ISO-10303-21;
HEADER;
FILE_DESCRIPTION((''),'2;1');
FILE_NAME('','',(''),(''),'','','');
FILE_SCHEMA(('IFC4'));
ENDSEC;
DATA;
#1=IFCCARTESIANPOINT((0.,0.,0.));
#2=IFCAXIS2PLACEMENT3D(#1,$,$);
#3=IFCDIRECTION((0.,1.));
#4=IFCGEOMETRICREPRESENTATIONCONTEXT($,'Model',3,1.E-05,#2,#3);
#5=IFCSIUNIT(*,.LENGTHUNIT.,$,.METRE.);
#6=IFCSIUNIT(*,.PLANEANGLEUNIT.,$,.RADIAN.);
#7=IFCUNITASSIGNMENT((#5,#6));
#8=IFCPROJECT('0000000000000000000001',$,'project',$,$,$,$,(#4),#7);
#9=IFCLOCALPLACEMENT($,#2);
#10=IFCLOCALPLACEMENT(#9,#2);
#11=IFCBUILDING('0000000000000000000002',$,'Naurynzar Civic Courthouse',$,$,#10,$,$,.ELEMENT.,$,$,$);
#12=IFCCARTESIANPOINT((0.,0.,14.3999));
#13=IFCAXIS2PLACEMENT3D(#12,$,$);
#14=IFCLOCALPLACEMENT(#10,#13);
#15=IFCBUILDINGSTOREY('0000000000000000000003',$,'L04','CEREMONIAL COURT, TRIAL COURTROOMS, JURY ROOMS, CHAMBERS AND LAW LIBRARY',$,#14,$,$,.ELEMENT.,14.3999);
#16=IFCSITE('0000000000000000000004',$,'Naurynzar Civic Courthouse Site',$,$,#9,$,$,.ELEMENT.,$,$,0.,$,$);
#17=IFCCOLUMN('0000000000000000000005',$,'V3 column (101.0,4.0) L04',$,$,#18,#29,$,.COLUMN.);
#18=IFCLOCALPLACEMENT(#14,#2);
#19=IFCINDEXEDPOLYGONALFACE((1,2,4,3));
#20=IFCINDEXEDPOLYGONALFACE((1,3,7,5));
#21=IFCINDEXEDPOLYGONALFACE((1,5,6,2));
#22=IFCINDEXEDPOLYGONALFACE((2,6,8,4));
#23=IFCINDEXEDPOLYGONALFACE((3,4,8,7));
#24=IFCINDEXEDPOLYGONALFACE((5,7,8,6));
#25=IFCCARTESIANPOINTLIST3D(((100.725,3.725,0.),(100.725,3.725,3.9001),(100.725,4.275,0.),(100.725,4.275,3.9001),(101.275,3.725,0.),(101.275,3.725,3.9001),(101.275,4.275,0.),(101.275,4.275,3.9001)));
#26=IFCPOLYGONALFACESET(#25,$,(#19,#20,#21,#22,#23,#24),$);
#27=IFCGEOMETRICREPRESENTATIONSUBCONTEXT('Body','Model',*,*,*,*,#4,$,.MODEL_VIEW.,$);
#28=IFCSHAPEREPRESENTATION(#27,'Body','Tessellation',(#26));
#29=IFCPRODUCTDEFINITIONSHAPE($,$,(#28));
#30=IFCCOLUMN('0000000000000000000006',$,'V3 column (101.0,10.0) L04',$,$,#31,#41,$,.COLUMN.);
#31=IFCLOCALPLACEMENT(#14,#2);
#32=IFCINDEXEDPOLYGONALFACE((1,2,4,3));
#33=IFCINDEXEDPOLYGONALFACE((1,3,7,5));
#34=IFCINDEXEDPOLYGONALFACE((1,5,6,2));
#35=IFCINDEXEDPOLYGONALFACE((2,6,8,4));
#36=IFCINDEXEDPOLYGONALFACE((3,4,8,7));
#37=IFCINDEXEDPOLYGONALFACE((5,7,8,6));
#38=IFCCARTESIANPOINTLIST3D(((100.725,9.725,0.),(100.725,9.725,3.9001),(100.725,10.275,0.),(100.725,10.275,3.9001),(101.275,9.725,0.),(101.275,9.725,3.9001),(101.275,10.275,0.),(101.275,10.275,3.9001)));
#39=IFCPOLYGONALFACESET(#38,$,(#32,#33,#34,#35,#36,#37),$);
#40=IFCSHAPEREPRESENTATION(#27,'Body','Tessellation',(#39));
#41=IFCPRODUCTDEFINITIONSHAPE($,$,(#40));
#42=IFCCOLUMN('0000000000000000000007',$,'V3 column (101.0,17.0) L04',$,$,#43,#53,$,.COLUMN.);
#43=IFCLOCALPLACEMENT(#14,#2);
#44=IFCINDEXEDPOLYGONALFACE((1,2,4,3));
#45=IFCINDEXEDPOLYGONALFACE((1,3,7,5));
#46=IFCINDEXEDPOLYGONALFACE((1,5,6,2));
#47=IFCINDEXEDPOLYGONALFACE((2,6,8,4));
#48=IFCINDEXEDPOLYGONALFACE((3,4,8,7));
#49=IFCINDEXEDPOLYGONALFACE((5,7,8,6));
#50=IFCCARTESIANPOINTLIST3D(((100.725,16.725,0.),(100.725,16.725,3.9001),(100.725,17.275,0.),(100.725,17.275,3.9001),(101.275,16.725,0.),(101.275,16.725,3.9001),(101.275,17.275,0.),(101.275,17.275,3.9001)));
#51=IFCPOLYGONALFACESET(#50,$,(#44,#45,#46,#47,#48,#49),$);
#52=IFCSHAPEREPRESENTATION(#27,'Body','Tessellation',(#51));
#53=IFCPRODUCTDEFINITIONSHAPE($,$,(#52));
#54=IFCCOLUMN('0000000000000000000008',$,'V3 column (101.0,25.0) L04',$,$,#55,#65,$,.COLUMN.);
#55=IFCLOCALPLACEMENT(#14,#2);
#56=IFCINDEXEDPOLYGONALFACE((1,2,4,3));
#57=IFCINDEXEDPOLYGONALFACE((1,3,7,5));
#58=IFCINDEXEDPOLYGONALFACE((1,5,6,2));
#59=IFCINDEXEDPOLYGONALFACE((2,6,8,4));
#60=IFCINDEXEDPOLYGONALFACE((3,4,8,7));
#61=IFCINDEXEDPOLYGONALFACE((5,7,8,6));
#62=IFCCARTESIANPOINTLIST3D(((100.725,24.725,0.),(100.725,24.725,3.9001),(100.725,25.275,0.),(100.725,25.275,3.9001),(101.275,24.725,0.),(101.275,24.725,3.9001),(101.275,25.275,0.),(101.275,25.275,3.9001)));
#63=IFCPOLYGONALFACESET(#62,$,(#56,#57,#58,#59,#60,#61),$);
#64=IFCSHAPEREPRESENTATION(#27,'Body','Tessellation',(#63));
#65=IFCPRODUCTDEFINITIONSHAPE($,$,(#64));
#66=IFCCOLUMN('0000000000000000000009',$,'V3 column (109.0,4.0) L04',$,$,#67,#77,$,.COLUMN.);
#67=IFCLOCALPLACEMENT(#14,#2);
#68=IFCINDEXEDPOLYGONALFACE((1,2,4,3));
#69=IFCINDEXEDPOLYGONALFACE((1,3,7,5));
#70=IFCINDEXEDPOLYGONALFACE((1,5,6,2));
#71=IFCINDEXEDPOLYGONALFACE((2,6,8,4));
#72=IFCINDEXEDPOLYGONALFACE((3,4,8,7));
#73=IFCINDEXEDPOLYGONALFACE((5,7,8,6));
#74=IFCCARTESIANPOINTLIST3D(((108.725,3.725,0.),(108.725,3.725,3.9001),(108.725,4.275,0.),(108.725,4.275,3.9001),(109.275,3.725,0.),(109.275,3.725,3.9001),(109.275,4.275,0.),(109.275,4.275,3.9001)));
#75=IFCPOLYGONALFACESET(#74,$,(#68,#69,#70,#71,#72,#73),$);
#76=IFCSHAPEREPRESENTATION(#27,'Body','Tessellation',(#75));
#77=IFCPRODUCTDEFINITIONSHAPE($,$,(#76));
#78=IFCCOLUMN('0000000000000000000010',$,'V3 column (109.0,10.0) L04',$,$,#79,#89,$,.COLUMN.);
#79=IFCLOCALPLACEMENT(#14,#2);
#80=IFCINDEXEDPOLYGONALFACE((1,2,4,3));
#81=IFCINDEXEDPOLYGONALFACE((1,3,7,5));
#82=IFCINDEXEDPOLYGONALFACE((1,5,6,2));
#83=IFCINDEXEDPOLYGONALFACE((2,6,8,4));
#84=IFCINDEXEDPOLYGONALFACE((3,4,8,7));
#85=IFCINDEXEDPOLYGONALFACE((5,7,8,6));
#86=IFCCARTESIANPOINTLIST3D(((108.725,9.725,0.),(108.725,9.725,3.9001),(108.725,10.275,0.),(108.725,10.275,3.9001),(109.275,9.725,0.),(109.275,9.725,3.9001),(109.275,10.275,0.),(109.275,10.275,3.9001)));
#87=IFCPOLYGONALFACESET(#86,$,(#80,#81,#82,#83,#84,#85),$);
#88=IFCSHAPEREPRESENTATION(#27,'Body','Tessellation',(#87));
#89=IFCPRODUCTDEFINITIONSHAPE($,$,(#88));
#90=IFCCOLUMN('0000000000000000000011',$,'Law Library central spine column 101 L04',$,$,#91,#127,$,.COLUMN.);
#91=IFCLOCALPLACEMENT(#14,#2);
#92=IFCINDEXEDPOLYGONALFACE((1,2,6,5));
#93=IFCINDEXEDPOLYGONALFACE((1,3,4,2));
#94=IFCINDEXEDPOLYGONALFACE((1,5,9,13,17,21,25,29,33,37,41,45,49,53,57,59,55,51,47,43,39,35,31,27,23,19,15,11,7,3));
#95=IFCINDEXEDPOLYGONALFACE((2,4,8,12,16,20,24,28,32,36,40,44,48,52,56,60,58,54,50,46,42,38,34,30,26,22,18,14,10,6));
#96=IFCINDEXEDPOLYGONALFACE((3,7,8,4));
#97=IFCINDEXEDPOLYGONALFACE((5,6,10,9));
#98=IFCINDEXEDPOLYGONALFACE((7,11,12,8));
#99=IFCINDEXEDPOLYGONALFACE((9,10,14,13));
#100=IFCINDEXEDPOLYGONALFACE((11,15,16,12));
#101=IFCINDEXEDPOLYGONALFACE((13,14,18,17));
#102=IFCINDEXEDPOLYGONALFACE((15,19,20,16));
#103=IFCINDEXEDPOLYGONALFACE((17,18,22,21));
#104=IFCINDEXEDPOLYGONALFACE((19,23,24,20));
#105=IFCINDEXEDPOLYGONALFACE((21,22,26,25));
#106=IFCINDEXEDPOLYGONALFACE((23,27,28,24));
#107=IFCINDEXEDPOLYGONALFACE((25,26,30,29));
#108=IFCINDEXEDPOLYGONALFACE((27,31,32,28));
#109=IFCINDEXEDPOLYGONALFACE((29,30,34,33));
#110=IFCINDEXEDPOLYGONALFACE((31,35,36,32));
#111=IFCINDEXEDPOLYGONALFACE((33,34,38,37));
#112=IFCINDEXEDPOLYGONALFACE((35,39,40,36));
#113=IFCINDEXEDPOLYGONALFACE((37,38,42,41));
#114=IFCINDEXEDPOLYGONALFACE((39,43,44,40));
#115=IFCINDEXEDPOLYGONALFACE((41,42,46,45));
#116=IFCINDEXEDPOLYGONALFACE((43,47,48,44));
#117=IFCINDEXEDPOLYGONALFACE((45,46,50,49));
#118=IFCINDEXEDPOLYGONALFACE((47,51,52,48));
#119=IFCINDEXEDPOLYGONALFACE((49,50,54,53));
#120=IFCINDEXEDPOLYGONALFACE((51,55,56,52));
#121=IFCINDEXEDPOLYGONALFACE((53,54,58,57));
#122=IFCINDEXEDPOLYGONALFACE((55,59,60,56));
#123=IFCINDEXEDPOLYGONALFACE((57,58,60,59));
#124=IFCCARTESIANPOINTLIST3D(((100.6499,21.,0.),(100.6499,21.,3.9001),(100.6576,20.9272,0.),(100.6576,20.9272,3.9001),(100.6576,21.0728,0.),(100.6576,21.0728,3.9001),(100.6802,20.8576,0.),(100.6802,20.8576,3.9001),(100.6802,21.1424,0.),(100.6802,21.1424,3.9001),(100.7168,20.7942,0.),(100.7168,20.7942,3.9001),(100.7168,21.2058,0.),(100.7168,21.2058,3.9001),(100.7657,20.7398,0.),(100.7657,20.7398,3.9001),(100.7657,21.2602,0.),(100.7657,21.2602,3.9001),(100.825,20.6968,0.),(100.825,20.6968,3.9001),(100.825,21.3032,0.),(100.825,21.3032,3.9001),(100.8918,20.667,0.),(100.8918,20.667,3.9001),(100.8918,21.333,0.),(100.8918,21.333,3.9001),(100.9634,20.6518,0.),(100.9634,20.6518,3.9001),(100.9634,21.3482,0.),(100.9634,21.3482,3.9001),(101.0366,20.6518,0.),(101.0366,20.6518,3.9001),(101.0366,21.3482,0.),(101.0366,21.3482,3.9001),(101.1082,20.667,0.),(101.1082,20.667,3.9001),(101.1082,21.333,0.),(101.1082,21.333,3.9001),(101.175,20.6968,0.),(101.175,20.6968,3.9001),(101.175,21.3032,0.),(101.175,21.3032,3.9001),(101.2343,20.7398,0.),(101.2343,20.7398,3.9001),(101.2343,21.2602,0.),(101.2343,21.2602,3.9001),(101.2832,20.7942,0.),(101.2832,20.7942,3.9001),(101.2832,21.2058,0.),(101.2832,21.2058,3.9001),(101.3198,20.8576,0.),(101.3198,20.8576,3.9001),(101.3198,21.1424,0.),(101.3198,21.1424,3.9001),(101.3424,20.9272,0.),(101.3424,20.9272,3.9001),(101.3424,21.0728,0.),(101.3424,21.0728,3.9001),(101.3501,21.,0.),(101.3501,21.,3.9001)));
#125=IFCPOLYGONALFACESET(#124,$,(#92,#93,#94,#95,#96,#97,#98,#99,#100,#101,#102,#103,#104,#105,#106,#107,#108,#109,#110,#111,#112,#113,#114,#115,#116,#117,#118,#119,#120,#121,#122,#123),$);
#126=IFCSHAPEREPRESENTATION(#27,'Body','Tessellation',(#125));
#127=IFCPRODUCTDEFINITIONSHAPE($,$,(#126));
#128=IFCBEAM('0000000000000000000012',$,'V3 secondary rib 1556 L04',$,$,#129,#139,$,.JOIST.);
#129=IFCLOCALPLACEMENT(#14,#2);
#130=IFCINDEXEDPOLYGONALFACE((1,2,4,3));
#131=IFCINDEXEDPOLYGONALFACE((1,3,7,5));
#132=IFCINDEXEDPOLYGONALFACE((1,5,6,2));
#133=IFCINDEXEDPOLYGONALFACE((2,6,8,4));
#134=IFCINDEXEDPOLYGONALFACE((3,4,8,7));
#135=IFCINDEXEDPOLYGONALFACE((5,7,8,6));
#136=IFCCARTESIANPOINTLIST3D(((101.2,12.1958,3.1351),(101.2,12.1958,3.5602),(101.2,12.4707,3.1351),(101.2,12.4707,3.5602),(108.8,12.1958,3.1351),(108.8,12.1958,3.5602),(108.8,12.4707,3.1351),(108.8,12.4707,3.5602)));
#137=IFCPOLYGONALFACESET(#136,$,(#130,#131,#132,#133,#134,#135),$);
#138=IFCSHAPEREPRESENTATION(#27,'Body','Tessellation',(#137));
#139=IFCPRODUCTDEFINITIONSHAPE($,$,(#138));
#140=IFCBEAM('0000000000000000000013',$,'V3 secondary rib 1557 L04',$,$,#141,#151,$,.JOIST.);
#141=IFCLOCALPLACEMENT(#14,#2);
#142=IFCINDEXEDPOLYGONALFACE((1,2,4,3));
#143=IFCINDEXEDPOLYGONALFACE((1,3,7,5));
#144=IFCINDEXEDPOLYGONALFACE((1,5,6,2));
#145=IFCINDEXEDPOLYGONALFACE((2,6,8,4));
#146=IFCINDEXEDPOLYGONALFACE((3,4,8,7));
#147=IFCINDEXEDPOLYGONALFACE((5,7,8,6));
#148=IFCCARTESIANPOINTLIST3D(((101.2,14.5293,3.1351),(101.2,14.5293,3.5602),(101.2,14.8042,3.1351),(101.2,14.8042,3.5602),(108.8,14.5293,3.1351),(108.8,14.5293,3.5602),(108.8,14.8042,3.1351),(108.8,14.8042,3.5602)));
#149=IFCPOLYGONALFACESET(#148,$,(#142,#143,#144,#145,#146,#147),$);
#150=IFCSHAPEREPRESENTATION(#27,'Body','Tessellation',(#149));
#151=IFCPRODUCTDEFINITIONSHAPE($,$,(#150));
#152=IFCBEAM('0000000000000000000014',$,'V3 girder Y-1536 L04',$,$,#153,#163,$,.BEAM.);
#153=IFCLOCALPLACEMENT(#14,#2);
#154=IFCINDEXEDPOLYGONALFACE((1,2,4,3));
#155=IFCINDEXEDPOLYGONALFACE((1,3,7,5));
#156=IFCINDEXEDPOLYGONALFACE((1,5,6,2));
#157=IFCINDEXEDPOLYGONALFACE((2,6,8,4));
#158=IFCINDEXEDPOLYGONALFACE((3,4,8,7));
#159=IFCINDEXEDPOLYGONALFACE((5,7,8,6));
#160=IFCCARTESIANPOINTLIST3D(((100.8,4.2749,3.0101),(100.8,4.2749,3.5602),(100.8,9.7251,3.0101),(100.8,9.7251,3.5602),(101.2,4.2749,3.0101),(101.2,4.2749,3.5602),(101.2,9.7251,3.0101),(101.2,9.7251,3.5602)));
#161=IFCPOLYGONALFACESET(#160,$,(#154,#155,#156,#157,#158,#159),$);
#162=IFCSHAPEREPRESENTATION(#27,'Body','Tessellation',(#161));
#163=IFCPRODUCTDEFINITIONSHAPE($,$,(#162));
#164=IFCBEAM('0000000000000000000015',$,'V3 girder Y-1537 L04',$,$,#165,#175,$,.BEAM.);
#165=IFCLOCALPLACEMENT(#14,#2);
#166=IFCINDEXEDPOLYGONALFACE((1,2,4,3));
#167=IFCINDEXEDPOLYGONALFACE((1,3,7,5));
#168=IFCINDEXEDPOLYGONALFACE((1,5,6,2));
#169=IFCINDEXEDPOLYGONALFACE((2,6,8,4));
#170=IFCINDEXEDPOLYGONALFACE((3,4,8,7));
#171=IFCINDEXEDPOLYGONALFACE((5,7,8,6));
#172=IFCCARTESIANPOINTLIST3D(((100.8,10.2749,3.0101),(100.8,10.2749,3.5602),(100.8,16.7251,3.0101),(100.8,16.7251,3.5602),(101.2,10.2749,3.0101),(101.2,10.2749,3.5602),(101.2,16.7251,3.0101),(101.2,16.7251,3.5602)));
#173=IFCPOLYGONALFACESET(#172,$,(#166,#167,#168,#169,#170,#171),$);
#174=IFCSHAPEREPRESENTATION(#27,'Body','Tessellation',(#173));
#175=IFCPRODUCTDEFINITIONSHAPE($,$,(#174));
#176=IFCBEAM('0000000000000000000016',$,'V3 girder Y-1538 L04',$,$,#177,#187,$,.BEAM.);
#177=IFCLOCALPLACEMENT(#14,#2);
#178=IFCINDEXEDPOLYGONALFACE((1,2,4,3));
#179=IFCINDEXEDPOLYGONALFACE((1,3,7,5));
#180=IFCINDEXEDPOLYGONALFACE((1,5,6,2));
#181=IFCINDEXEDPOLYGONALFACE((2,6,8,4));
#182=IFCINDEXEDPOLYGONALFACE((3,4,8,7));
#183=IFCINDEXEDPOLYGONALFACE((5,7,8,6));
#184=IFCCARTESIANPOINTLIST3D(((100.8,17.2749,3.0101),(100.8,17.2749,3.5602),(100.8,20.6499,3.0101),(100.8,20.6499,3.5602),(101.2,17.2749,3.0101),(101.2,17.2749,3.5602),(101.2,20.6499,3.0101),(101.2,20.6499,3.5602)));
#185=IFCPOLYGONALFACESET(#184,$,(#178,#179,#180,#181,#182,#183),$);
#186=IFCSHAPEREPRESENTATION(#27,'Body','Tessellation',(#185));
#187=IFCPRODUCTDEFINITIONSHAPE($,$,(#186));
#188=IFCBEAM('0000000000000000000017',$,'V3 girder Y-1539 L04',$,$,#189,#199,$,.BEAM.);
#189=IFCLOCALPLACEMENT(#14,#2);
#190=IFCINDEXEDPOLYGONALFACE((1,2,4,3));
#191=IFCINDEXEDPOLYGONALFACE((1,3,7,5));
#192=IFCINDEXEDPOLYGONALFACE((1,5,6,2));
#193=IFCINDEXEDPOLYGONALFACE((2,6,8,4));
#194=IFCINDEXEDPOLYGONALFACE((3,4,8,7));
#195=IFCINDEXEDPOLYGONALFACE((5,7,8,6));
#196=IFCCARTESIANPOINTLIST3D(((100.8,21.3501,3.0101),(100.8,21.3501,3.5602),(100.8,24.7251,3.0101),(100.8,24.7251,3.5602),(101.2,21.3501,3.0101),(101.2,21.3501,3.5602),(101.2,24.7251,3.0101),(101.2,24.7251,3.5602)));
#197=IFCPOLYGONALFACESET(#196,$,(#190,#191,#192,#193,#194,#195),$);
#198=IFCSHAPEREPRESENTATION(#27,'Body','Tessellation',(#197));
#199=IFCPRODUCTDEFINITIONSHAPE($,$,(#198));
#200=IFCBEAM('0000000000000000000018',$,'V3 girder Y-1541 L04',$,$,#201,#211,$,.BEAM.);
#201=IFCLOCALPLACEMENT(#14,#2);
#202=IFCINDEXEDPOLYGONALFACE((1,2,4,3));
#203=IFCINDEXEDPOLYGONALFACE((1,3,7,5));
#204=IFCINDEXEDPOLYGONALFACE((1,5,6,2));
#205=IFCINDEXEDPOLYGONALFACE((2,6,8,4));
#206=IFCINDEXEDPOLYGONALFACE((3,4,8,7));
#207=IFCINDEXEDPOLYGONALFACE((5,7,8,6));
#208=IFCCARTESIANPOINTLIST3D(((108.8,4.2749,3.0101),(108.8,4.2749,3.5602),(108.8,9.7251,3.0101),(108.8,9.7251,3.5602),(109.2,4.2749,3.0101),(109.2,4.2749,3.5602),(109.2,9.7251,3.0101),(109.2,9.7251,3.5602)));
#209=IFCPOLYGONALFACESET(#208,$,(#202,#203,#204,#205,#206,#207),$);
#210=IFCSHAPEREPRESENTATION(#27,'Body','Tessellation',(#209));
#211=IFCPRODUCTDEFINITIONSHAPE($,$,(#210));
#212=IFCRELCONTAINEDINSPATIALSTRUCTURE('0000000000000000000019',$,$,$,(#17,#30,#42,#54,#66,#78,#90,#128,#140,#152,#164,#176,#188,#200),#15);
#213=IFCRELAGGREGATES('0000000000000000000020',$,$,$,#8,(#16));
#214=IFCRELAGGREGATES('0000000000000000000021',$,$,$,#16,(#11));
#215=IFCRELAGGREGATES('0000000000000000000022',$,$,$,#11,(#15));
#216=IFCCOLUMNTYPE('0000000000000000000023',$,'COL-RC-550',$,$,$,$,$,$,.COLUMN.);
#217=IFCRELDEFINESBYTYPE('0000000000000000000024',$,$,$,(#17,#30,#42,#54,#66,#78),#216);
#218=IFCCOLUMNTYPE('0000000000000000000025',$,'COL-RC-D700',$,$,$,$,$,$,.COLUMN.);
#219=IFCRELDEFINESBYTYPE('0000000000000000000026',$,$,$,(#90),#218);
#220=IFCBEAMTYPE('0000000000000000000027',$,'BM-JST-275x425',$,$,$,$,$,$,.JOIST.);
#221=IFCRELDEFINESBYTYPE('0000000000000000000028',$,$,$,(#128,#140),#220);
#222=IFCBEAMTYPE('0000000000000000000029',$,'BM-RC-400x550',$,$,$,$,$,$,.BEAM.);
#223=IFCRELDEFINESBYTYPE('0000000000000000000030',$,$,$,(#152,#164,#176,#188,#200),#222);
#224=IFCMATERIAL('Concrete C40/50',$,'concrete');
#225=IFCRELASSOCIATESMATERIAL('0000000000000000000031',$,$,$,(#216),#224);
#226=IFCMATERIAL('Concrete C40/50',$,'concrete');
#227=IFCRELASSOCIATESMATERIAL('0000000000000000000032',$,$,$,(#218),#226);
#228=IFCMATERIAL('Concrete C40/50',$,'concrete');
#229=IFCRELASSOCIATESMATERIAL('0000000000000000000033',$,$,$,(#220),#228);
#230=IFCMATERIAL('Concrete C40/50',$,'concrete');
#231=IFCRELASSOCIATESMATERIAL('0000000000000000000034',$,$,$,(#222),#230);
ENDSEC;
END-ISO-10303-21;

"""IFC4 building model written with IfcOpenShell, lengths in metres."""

from ifc_helpers import new_model, si_unit, direction, frame, origin, origin_2d, place, context, subcontext, project, spatial, rectangle, circle, extrude, material, material_profile, profile_set, type_object, element, save


model = new_model("IFC4")

# Units and contexts
model_context = context("Model", 3, precision=1e-05, world=origin(), true_north=direction((0.0, 1.0)))
body_context = subcontext(model_context, "Body", "Model", "MODEL_VIEW")
ifc_project = project(units=[si_unit("LENGTHUNIT", "METRE"), si_unit("PLANEANGLEUNIT", "RADIAN")], contexts=[model_context])

# Site, building, storey
site_placement = place(None, origin())
site = spatial("IfcSite", under=ifc_project, at=site_placement, Name="Naurynzar Civic Courthouse Site", CompositionType="ELEMENT", RefElevation=0.0)
building_placement = place(site_placement, origin())
building = spatial("IfcBuilding", under=site, at=building_placement, Name="Naurynzar Civic Courthouse", CompositionType="ELEMENT")
storey_placement = place(building_placement, frame((0.0, 0.0, 14.3999)))
storey = spatial("IfcBuildingStorey", under=building, at=storey_placement, Name="L04", Description="CEREMONIAL COURT, TRIAL COURTROOMS, JURY ROOMS, CHAMBERS AND LAW LIBRARY", CompositionType="ELEMENT", Elevation=14.3999)

# Columns
ifc_material_1 = material(Name="Concrete C40/50", Category="concrete")
ifc_material_profile_1 = material_profile(ifc_material_1, rectangle(XDim=0.55, YDim=0.55, at=origin_2d()), Name="RC 550x550")
ifc_profile_set_1 = profile_set([ifc_material_profile_1], Name="Concrete C40/50")
column_type_1 = type_object("IfcColumnType", Name="COL-RC-550", PredefinedType="COLUMN", material=ifc_profile_set_1)
for number, where, z_axis, x_axis, name in (
    (1, (101.0, 4.0, 0.0), (0.0, 0.0, 1.0), (1.0, 0.0, 0.0), "V3 column (101.0,4.0) L04"),
    (2, (101.0, 10.0, 0.0), (0.0, 0.0, 1.0), (1.0, 0.0, 0.0), "V3 column (101.0,10.0) L04"),
    (3, (101.0, 17.0, 0.0), (0.0, 0.0, 1.0), (1.0, 0.0, 0.0), "V3 column (101.0,17.0) L04"),
    (4, (101.0, 25.0, 0.0), (0.0, 0.0, 1.0), (1.0, 0.0, 0.0), "V3 column (101.0,25.0) L04"),
    (5, (109.0, 4.0, 0.0), (0.0, 0.0, 1.0), (1.0, 0.0, 0.0), "V3 column (109.0,4.0) L04"),
    (6, (109.0, 10.0, 0.0), (0.0, 0.0, 1.0), (1.0, 0.0, 0.0), "V3 column (109.0,10.0) L04"),
):
    element("IfcColumn", number, at=place(storey_placement, frame(where, z_axis=z_axis, x_axis=x_axis)), inside=storey, type_object=column_type_1, Name=name, PredefinedType="COLUMN", context=body_context, shape_type="SweptSolid", body=[
        extrude(rectangle(XDim=0.55, YDim=0.55, at=origin_2d()), origin(), (0.0, 0.0, 1.0), 3.9001),
    ])
ifc_material_2 = material(Name="Concrete C40/50", Category="concrete")
ifc_material_profile_2 = material_profile(ifc_material_2, circle(Radius=0.3501, at=origin_2d()), Name="RC D700")
ifc_profile_set_2 = profile_set([ifc_material_profile_2], Name="Concrete C40/50")
column_type_2 = type_object("IfcColumnType", Name="COL-RC-D700", PredefinedType="COLUMN", material=ifc_profile_set_2)
column_placement = place(storey_placement, frame((101.0, 21.0, 0.0), z_axis=(0.0, 0.0, 1.0), x_axis=(1.0, 0.0, 0.0)))
element("IfcColumn", 7, at=column_placement, inside=storey, type_object=column_type_2, Name="Law Library central spine column 101 L04", PredefinedType="COLUMN", context=body_context, shape_type="SweptSolid", body=[
    extrude(circle(Radius=0.3501, at=origin_2d()), origin(), (0.0, 0.0, 1.0), 3.9001),
])

# Beams
ifc_material_3 = material(Name="Concrete C40/50", Category="concrete")
ifc_material_profile_3 = material_profile(ifc_material_3, rectangle(XDim=0.2749, YDim=0.425, at=origin_2d()), Name="RCB 275x425")
ifc_profile_set_3 = profile_set([ifc_material_profile_3], Name="Concrete C40/50")
beam_type_1 = type_object("IfcBeamType", Name="BM-JST-275x425", PredefinedType="JOIST", material=ifc_profile_set_3)
for number, where, z_axis, x_axis, name in (
    (8, (101.2, 12.3333, 3.3477), (1.0, 0.0, 0.0), (0.0, 1.0, 0.0), "V3 secondary rib 1556 L04"),
    (9, (101.2, 14.6667, 3.3477), (1.0, 0.0, 0.0), (0.0, 1.0, 0.0), "V3 secondary rib 1557 L04"),
):
    element("IfcBeam", number, at=place(storey_placement, frame(where, z_axis=z_axis, x_axis=x_axis)), inside=storey, type_object=beam_type_1, Name=name, PredefinedType="JOIST", context=body_context, shape_type="SweptSolid", body=[
        extrude(rectangle(XDim=0.2749, YDim=0.425, at=origin_2d()), origin(), (0.0, 0.0, 1.0), 7.6001),
    ])
ifc_material_4 = material(Name="Concrete C40/50", Category="concrete")
ifc_material_profile_4 = material_profile(ifc_material_4, rectangle(XDim=0.3999, YDim=0.55, at=origin_2d()), Name="RCB 400x550")
ifc_profile_set_4 = profile_set([ifc_material_profile_4], Name="Concrete C40/50")
beam_type_2 = type_object("IfcBeamType", Name="BM-RC-400x550", PredefinedType="BEAM", material=ifc_profile_set_4)
beam_1_placement = place(storey_placement, frame((101.0, 4.2749, 3.2852), z_axis=(0.0, 1.0, 0.0), x_axis=(-1.0, 0.0, 0.0)))
element("IfcBeam", 10, at=beam_1_placement, inside=storey, type_object=beam_type_2, Name="V3 girder Y-1536 L04", PredefinedType="BEAM", context=body_context, shape_type="SweptSolid", body=[
    extrude(rectangle(XDim=0.3999, YDim=0.55, at=origin_2d()), origin(), (0.0, 0.0, 1.0), 5.4502),
])
beam_2_placement = place(storey_placement, frame((101.0, 10.2749, 3.2852), z_axis=(0.0, 1.0, 0.0), x_axis=(-1.0, 0.0, 0.0)))
element("IfcBeam", 11, at=beam_2_placement, inside=storey, type_object=beam_type_2, Name="V3 girder Y-1537 L04", PredefinedType="BEAM", context=body_context, shape_type="SweptSolid", body=[
    extrude(rectangle(XDim=0.3999, YDim=0.55, at=origin_2d()), origin(), (0.0, 0.0, 1.0), 6.4502),
])
for number, where, z_axis, x_axis, name in (
    (12, (101.0, 17.2749, 3.2852), (0.0, 1.0, 0.0), (-1.0, 0.0, 0.0), "V3 girder Y-1538 L04"),
    (13, (101.0, 21.3501, 3.2852), (0.0, 1.0, 0.0), (-1.0, 0.0, 0.0), "V3 girder Y-1539 L04"),
):
    element("IfcBeam", number, at=place(storey_placement, frame(where, z_axis=z_axis, x_axis=x_axis)), inside=storey, type_object=beam_type_2, Name=name, PredefinedType="BEAM", context=body_context, shape_type="SweptSolid", body=[
        extrude(rectangle(XDim=0.3999, YDim=0.55, at=origin_2d()), origin(), (0.0, 0.0, 1.0), 3.375),
    ])
beam_3_placement = place(storey_placement, frame((109.0, 4.2749, 3.2852), z_axis=(0.0, 1.0, 0.0), x_axis=(-1.0, 0.0, 0.0)))
element("IfcBeam", 14, at=beam_3_placement, inside=storey, type_object=beam_type_2, Name="V3 girder Y-1541 L04", PredefinedType="BEAM", context=body_context, shape_type="SweptSolid", body=[
    extrude(rectangle(XDim=0.3999, YDim=0.55, at=origin_2d()), origin(), (0.0, 0.0, 1.0), 5.4502),
])

save(model, "model.ifc")
